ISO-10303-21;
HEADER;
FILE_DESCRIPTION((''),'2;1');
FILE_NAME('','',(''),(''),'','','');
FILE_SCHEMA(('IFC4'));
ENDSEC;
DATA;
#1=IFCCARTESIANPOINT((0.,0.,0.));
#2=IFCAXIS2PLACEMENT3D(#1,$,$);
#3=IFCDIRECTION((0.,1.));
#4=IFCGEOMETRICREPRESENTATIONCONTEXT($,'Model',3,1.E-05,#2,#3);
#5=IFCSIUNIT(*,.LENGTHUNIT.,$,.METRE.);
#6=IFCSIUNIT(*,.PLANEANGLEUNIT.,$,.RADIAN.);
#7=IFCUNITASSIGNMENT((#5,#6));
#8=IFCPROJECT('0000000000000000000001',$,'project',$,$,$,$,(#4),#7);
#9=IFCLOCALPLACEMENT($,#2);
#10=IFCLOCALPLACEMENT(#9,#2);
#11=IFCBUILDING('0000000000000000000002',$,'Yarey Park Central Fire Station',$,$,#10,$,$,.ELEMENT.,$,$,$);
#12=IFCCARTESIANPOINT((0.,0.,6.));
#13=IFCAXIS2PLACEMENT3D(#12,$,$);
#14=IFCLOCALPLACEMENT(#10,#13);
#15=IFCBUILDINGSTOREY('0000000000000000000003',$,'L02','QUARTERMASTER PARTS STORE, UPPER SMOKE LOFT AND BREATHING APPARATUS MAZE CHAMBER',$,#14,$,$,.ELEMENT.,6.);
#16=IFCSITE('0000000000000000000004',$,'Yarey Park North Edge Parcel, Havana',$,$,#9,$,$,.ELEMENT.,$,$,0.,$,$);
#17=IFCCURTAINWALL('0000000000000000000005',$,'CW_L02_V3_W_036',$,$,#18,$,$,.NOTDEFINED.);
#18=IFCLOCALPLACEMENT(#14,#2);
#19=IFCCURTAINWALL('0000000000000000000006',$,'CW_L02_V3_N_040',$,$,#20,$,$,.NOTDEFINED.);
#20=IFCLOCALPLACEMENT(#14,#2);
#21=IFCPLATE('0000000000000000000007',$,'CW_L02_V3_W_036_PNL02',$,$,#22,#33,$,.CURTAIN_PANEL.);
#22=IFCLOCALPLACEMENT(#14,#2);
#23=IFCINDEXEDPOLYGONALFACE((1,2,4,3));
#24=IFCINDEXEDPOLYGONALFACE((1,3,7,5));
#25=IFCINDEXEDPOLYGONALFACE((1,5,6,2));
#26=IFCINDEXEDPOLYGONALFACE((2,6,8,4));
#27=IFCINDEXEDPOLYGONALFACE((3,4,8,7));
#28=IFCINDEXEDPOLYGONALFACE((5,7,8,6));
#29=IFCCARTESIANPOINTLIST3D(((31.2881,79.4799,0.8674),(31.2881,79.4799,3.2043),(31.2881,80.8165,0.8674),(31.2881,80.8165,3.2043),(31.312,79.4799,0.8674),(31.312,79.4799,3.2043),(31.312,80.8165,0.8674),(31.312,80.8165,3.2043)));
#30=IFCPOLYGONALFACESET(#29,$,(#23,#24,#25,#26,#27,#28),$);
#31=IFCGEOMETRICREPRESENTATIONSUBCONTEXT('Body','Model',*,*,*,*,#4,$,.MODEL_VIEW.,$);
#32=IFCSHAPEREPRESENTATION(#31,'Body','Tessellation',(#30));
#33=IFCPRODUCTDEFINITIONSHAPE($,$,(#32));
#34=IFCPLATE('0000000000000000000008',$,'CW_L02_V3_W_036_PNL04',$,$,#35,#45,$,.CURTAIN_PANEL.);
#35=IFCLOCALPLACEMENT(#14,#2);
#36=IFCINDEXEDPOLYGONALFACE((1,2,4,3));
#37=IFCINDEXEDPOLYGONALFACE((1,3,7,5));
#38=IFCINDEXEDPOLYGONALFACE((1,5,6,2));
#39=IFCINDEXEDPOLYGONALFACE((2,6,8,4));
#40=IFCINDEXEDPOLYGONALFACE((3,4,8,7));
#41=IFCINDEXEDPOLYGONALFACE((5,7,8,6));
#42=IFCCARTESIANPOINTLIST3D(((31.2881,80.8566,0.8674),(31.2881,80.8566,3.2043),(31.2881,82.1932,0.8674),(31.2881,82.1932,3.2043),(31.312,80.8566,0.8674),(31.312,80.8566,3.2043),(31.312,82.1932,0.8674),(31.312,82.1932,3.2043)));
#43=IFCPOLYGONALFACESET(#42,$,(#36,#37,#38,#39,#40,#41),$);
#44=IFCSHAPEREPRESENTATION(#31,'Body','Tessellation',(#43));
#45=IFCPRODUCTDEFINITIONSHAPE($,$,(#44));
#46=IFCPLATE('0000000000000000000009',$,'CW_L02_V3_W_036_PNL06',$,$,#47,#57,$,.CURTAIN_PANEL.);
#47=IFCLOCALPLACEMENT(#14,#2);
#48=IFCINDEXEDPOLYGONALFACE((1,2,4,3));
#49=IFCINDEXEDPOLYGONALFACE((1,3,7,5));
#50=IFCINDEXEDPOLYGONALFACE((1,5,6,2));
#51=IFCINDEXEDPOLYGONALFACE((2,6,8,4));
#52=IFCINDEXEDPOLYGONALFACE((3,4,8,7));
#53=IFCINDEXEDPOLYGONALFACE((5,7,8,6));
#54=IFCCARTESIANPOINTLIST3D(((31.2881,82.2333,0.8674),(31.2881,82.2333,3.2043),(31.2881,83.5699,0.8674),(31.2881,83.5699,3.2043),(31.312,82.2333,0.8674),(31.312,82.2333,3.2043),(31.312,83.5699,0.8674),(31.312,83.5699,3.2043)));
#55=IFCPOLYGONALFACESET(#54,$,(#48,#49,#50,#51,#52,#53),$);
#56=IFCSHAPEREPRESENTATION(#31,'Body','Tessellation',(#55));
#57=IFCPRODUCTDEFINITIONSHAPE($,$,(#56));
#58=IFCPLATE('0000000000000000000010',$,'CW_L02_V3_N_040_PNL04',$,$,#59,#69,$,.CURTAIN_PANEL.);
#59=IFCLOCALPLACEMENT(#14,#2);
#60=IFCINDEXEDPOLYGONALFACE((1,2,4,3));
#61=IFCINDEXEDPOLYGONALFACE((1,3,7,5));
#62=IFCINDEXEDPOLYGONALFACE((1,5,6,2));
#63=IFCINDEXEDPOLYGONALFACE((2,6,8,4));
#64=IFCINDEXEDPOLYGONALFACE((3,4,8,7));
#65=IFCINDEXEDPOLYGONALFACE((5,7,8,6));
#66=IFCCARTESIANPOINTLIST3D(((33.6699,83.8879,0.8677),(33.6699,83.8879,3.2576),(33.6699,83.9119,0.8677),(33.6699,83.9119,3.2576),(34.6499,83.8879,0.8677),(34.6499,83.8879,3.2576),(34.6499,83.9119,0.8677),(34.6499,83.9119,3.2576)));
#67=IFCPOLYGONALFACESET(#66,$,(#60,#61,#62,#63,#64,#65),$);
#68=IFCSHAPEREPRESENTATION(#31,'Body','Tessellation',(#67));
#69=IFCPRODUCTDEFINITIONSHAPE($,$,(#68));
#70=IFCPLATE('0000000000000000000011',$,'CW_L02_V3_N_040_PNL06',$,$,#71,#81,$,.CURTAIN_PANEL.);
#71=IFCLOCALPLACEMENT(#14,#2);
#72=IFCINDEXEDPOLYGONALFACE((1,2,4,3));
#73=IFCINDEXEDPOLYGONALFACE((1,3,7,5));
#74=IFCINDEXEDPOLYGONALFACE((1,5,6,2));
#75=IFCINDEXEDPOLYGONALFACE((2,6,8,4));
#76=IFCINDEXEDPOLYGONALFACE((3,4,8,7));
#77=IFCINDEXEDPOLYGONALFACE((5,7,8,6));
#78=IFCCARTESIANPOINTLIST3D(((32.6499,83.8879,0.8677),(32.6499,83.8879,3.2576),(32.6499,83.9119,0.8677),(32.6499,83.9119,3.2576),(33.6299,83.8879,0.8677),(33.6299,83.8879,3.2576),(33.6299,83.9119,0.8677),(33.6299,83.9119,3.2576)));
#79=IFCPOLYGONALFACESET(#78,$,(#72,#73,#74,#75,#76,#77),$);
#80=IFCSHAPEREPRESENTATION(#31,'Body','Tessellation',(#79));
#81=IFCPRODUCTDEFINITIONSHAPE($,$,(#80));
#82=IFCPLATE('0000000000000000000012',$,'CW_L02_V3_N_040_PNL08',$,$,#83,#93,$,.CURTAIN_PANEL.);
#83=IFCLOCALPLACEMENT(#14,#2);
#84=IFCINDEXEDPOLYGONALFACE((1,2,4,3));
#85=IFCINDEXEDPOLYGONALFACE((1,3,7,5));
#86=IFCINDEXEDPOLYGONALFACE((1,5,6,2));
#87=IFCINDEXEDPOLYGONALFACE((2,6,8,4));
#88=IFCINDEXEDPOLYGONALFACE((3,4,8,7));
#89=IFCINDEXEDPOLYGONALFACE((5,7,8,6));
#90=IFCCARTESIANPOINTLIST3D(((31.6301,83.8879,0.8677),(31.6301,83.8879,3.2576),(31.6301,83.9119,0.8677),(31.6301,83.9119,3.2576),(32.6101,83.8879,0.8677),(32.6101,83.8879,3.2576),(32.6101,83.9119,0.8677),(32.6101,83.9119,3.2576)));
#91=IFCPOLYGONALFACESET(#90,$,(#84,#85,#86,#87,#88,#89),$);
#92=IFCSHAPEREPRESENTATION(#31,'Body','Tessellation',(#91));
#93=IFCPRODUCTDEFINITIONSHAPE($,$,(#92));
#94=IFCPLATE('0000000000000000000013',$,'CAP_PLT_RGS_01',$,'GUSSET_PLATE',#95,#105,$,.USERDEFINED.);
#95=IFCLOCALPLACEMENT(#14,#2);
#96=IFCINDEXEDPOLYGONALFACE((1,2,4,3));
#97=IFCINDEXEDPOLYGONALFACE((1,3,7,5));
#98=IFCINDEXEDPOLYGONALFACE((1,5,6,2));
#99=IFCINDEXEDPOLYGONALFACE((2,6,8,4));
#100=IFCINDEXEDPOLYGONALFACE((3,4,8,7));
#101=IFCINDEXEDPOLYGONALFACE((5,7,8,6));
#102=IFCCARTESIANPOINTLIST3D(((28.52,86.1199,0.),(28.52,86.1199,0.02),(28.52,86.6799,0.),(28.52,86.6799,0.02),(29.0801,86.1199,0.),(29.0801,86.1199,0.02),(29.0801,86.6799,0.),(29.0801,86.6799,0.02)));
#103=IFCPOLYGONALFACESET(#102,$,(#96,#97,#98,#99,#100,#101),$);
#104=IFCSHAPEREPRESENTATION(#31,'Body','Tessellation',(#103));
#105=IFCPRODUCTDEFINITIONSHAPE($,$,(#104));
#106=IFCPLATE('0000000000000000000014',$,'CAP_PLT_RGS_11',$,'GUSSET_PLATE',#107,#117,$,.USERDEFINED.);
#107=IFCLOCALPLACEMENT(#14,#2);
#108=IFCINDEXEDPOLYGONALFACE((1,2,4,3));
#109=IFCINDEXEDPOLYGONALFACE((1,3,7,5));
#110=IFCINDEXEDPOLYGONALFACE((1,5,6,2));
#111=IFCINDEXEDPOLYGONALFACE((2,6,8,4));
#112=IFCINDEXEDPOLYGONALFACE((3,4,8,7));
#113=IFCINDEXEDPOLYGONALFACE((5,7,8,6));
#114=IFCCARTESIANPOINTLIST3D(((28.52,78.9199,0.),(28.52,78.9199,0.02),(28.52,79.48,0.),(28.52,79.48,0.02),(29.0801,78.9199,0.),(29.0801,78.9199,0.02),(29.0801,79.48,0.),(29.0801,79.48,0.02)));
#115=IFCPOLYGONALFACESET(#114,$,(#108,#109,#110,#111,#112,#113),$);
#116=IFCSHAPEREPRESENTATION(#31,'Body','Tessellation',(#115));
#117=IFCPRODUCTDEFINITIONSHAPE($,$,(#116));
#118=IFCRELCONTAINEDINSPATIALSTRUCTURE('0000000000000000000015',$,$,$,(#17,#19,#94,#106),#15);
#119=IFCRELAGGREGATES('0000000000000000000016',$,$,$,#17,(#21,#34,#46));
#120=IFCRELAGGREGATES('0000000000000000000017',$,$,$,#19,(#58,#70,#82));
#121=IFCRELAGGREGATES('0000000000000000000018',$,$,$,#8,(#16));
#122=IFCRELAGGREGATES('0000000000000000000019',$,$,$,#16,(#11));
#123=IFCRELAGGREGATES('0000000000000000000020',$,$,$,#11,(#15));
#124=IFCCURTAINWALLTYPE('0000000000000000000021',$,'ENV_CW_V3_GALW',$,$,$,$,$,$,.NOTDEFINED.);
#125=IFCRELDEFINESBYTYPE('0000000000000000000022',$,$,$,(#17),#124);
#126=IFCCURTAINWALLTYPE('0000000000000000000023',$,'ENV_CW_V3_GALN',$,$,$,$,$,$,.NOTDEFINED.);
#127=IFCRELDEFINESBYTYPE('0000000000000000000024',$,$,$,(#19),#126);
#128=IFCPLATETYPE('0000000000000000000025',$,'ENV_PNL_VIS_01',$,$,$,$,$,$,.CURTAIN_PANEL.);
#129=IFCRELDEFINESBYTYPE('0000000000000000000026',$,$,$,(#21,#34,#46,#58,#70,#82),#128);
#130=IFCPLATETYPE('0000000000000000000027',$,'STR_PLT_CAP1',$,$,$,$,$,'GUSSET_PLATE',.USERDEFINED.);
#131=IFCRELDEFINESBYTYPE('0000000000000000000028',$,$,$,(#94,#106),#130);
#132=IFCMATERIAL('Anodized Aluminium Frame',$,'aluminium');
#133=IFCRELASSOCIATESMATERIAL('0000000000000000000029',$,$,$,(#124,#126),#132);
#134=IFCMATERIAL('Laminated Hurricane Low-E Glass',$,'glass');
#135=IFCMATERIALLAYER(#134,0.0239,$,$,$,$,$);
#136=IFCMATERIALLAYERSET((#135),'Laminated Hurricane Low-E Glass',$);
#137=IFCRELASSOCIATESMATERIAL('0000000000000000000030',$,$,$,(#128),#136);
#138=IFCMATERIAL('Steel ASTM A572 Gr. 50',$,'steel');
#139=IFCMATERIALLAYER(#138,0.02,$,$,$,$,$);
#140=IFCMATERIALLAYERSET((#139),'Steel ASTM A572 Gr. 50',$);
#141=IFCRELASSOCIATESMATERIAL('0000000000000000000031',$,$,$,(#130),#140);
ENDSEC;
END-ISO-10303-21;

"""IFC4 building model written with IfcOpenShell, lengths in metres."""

from ifc_helpers import new_model, si_unit, direction, frame, origin, origin_2d, place, context, subcontext, project, spatial, rectangle, extrude, material, layer, layer_set, type_object, element, aggregate, save


model = new_model("IFC4")

# Units and contexts
model_context = context("Model", 3, precision=1e-05, world=origin(), true_north=direction((0.0, 1.0)))
body_context = subcontext(model_context, "Body", "Model", "MODEL_VIEW")
ifc_project = project(units=[si_unit("LENGTHUNIT", "METRE"), si_unit("PLANEANGLEUNIT", "RADIAN")], contexts=[model_context])

# Site, building, storey
site_placement = place(None, origin())
site = spatial("IfcSite", under=ifc_project, at=site_placement, Name="Yarey Park North Edge Parcel, Havana", CompositionType="ELEMENT", RefElevation=0.0)
building_placement = place(site_placement, origin())
building = spatial("IfcBuilding", under=site, at=building_placement, Name="Yarey Park Central Fire Station", CompositionType="ELEMENT")
storey_placement = place(building_placement, frame((0.0, 0.0, 6.0)))
storey = spatial("IfcBuildingStorey", under=building, at=storey_placement, Name="L02", Description="QUARTERMASTER PARTS STORE, UPPER SMOKE LOFT AND BREATHING APPARATUS MAZE CHAMBER", CompositionType="ELEMENT", Elevation=6.0)

# Curtain walls
ifc_material_1 = material(Name="Anodized Aluminium Frame", Category="aluminium")
curtain_wall_type_1 = type_object("IfcCurtainWallType", Name="ENV_CW_V3_GALW", PredefinedType="NOTDEFINED", material=ifc_material_1)
curtain_wall_1_placement = place(storey_placement, origin())
curtain_wall_1 = element("IfcCurtainWall", 1, at=curtain_wall_1_placement, inside=storey, type_object=curtain_wall_type_1, Name="CW_L02_V3_W_036", PredefinedType="NOTDEFINED")
curtain_wall_type_2 = type_object("IfcCurtainWallType", Name="ENV_CW_V3_GALN", PredefinedType="NOTDEFINED", material=ifc_material_1)
curtain_wall_2_placement = place(storey_placement, origin())
curtain_wall_2 = element("IfcCurtainWall", 2, at=curtain_wall_2_placement, inside=storey, type_object=curtain_wall_type_2, Name="CW_L02_V3_N_040", PredefinedType="NOTDEFINED")

# Plates
ifc_material_2 = material(Name="Laminated Hurricane Low-E Glass", Category="glass")
ifc_layer_1 = layer(ifc_material_2, 0.0239)
ifc_layer_set_1 = layer_set([ifc_layer_1], Name="Laminated Hurricane Low-E Glass")
plate_type_1 = type_object("IfcPlateType", Name="ENV_PNL_VIS_01", PredefinedType="CURTAIN_PANEL", material=ifc_layer_set_1)
plate_1_placement = place(storey_placement, frame((31.3, 80.1482, 0.8674), z_axis=(0.0, 0.0, 1.0), x_axis=(0.0, 1.0, 0.0)))
plate_1 = element("IfcPlate", 3, at=plate_1_placement, type_object=plate_type_1, Name="CW_L02_V3_W_036_PNL02", PredefinedType="CURTAIN_PANEL", context=body_context, shape_type="SweptSolid", body=[
    extrude(rectangle(XDim=1.3367, YDim=0.0239, at=origin_2d()), origin(), (0.0, 0.0, 1.0), 2.3369),
])
plate_2_placement = place(storey_placement, frame((31.3, 81.5249, 0.8674), z_axis=(0.0, 0.0, 1.0), x_axis=(0.0, 1.0, 0.0)))
plate_2 = element("IfcPlate", 4, at=plate_2_placement, type_object=plate_type_1, Name="CW_L02_V3_W_036_PNL04", PredefinedType="CURTAIN_PANEL", context=body_context, shape_type="SweptSolid", body=[
    extrude(rectangle(XDim=1.3367, YDim=0.0239, at=origin_2d()), origin(), (0.0, 0.0, 1.0), 2.3369),
])
plate_3_placement = place(storey_placement, frame((31.3, 82.9016, 0.8674), z_axis=(0.0, 0.0, 1.0), x_axis=(0.0, 1.0, 0.0)))
plate_3 = element("IfcPlate", 5, at=plate_3_placement, type_object=plate_type_1, Name="CW_L02_V3_W_036_PNL06", PredefinedType="CURTAIN_PANEL", context=body_context, shape_type="SweptSolid", body=[
    extrude(rectangle(XDim=1.3367, YDim=0.0239, at=origin_2d()), origin(), (0.0, 0.0, 1.0), 2.3369),
])
aggregate(curtain_wall_1, [plate_1, plate_2, plate_3])
plate_4_placement = place(storey_placement, frame((34.1599, 83.8999, 0.8677), z_axis=(0.0, 0.0, 1.0), x_axis=(-1.0, 0.0, 0.0)))
plate_4 = element("IfcPlate", 6, at=plate_4_placement, type_object=plate_type_1, Name="CW_L02_V3_N_040_PNL04", PredefinedType="CURTAIN_PANEL", context=body_context, shape_type="SweptSolid", body=[
    extrude(rectangle(XDim=0.98, YDim=0.0239, at=origin_2d()), origin(), (0.0, 0.0, 1.0), 2.3899),
])
plate_5_placement = place(storey_placement, frame((33.1399, 83.8999, 0.8677), z_axis=(0.0, 0.0, 1.0), x_axis=(-1.0, 0.0, 0.0)))
plate_5 = element("IfcPlate", 7, at=plate_5_placement, type_object=plate_type_1, Name="CW_L02_V3_N_040_PNL06", PredefinedType="CURTAIN_PANEL", context=body_context, shape_type="SweptSolid", body=[
    extrude(rectangle(XDim=0.98, YDim=0.0239, at=origin_2d()), origin(), (0.0, 0.0, 1.0), 2.3899),
])
plate_6_placement = place(storey_placement, frame((32.1201, 83.8999, 0.8677), z_axis=(0.0, 0.0, 1.0), x_axis=(-1.0, 0.0, 0.0)))
plate_6 = element("IfcPlate", 8, at=plate_6_placement, type_object=plate_type_1, Name="CW_L02_V3_N_040_PNL08", PredefinedType="CURTAIN_PANEL", context=body_context, shape_type="SweptSolid", body=[
    extrude(rectangle(XDim=0.98, YDim=0.0239, at=origin_2d()), origin(), (0.0, 0.0, 1.0), 2.3899),
])
aggregate(curtain_wall_2, [plate_4, plate_5, plate_6])

# Plates
ifc_material_3 = material(Name="Steel ASTM A572 Gr. 50", Category="steel")
ifc_layer_2 = layer(ifc_material_3, 0.02)
ifc_layer_set_2 = layer_set([ifc_layer_2], Name="Steel ASTM A572 Gr. 50")
plate_type_2 = type_object("IfcPlateType", Name="STR_PLT_CAP1", ElementType="GUSSET_PLATE", PredefinedType="USERDEFINED", material=ifc_layer_set_2)
for number, where, z_axis, x_axis, name in (
    (9, (28.8, 86.3999, 0.0), (0.0, 0.0, 1.0), (1.0, 0.0, 0.0), "CAP_PLT_RGS_01"),
    (10, (28.8, 79.2, 0.0), (0.0, 0.0, 1.0), (1.0, 0.0, 0.0), "CAP_PLT_RGS_11"),
):
    element("IfcPlate", number, at=place(storey_placement, frame(where, z_axis=z_axis, x_axis=x_axis)), inside=storey, type_object=plate_type_2, Name=name, ObjectType="GUSSET_PLATE", PredefinedType="USERDEFINED", context=body_context, shape_type="SweptSolid", body=[
        extrude(rectangle(XDim=0.5601, YDim=0.5601, at=origin_2d()), origin(), (0.0, 0.0, 1.0), 0.02),
    ])

save(model, "model.ifc")
